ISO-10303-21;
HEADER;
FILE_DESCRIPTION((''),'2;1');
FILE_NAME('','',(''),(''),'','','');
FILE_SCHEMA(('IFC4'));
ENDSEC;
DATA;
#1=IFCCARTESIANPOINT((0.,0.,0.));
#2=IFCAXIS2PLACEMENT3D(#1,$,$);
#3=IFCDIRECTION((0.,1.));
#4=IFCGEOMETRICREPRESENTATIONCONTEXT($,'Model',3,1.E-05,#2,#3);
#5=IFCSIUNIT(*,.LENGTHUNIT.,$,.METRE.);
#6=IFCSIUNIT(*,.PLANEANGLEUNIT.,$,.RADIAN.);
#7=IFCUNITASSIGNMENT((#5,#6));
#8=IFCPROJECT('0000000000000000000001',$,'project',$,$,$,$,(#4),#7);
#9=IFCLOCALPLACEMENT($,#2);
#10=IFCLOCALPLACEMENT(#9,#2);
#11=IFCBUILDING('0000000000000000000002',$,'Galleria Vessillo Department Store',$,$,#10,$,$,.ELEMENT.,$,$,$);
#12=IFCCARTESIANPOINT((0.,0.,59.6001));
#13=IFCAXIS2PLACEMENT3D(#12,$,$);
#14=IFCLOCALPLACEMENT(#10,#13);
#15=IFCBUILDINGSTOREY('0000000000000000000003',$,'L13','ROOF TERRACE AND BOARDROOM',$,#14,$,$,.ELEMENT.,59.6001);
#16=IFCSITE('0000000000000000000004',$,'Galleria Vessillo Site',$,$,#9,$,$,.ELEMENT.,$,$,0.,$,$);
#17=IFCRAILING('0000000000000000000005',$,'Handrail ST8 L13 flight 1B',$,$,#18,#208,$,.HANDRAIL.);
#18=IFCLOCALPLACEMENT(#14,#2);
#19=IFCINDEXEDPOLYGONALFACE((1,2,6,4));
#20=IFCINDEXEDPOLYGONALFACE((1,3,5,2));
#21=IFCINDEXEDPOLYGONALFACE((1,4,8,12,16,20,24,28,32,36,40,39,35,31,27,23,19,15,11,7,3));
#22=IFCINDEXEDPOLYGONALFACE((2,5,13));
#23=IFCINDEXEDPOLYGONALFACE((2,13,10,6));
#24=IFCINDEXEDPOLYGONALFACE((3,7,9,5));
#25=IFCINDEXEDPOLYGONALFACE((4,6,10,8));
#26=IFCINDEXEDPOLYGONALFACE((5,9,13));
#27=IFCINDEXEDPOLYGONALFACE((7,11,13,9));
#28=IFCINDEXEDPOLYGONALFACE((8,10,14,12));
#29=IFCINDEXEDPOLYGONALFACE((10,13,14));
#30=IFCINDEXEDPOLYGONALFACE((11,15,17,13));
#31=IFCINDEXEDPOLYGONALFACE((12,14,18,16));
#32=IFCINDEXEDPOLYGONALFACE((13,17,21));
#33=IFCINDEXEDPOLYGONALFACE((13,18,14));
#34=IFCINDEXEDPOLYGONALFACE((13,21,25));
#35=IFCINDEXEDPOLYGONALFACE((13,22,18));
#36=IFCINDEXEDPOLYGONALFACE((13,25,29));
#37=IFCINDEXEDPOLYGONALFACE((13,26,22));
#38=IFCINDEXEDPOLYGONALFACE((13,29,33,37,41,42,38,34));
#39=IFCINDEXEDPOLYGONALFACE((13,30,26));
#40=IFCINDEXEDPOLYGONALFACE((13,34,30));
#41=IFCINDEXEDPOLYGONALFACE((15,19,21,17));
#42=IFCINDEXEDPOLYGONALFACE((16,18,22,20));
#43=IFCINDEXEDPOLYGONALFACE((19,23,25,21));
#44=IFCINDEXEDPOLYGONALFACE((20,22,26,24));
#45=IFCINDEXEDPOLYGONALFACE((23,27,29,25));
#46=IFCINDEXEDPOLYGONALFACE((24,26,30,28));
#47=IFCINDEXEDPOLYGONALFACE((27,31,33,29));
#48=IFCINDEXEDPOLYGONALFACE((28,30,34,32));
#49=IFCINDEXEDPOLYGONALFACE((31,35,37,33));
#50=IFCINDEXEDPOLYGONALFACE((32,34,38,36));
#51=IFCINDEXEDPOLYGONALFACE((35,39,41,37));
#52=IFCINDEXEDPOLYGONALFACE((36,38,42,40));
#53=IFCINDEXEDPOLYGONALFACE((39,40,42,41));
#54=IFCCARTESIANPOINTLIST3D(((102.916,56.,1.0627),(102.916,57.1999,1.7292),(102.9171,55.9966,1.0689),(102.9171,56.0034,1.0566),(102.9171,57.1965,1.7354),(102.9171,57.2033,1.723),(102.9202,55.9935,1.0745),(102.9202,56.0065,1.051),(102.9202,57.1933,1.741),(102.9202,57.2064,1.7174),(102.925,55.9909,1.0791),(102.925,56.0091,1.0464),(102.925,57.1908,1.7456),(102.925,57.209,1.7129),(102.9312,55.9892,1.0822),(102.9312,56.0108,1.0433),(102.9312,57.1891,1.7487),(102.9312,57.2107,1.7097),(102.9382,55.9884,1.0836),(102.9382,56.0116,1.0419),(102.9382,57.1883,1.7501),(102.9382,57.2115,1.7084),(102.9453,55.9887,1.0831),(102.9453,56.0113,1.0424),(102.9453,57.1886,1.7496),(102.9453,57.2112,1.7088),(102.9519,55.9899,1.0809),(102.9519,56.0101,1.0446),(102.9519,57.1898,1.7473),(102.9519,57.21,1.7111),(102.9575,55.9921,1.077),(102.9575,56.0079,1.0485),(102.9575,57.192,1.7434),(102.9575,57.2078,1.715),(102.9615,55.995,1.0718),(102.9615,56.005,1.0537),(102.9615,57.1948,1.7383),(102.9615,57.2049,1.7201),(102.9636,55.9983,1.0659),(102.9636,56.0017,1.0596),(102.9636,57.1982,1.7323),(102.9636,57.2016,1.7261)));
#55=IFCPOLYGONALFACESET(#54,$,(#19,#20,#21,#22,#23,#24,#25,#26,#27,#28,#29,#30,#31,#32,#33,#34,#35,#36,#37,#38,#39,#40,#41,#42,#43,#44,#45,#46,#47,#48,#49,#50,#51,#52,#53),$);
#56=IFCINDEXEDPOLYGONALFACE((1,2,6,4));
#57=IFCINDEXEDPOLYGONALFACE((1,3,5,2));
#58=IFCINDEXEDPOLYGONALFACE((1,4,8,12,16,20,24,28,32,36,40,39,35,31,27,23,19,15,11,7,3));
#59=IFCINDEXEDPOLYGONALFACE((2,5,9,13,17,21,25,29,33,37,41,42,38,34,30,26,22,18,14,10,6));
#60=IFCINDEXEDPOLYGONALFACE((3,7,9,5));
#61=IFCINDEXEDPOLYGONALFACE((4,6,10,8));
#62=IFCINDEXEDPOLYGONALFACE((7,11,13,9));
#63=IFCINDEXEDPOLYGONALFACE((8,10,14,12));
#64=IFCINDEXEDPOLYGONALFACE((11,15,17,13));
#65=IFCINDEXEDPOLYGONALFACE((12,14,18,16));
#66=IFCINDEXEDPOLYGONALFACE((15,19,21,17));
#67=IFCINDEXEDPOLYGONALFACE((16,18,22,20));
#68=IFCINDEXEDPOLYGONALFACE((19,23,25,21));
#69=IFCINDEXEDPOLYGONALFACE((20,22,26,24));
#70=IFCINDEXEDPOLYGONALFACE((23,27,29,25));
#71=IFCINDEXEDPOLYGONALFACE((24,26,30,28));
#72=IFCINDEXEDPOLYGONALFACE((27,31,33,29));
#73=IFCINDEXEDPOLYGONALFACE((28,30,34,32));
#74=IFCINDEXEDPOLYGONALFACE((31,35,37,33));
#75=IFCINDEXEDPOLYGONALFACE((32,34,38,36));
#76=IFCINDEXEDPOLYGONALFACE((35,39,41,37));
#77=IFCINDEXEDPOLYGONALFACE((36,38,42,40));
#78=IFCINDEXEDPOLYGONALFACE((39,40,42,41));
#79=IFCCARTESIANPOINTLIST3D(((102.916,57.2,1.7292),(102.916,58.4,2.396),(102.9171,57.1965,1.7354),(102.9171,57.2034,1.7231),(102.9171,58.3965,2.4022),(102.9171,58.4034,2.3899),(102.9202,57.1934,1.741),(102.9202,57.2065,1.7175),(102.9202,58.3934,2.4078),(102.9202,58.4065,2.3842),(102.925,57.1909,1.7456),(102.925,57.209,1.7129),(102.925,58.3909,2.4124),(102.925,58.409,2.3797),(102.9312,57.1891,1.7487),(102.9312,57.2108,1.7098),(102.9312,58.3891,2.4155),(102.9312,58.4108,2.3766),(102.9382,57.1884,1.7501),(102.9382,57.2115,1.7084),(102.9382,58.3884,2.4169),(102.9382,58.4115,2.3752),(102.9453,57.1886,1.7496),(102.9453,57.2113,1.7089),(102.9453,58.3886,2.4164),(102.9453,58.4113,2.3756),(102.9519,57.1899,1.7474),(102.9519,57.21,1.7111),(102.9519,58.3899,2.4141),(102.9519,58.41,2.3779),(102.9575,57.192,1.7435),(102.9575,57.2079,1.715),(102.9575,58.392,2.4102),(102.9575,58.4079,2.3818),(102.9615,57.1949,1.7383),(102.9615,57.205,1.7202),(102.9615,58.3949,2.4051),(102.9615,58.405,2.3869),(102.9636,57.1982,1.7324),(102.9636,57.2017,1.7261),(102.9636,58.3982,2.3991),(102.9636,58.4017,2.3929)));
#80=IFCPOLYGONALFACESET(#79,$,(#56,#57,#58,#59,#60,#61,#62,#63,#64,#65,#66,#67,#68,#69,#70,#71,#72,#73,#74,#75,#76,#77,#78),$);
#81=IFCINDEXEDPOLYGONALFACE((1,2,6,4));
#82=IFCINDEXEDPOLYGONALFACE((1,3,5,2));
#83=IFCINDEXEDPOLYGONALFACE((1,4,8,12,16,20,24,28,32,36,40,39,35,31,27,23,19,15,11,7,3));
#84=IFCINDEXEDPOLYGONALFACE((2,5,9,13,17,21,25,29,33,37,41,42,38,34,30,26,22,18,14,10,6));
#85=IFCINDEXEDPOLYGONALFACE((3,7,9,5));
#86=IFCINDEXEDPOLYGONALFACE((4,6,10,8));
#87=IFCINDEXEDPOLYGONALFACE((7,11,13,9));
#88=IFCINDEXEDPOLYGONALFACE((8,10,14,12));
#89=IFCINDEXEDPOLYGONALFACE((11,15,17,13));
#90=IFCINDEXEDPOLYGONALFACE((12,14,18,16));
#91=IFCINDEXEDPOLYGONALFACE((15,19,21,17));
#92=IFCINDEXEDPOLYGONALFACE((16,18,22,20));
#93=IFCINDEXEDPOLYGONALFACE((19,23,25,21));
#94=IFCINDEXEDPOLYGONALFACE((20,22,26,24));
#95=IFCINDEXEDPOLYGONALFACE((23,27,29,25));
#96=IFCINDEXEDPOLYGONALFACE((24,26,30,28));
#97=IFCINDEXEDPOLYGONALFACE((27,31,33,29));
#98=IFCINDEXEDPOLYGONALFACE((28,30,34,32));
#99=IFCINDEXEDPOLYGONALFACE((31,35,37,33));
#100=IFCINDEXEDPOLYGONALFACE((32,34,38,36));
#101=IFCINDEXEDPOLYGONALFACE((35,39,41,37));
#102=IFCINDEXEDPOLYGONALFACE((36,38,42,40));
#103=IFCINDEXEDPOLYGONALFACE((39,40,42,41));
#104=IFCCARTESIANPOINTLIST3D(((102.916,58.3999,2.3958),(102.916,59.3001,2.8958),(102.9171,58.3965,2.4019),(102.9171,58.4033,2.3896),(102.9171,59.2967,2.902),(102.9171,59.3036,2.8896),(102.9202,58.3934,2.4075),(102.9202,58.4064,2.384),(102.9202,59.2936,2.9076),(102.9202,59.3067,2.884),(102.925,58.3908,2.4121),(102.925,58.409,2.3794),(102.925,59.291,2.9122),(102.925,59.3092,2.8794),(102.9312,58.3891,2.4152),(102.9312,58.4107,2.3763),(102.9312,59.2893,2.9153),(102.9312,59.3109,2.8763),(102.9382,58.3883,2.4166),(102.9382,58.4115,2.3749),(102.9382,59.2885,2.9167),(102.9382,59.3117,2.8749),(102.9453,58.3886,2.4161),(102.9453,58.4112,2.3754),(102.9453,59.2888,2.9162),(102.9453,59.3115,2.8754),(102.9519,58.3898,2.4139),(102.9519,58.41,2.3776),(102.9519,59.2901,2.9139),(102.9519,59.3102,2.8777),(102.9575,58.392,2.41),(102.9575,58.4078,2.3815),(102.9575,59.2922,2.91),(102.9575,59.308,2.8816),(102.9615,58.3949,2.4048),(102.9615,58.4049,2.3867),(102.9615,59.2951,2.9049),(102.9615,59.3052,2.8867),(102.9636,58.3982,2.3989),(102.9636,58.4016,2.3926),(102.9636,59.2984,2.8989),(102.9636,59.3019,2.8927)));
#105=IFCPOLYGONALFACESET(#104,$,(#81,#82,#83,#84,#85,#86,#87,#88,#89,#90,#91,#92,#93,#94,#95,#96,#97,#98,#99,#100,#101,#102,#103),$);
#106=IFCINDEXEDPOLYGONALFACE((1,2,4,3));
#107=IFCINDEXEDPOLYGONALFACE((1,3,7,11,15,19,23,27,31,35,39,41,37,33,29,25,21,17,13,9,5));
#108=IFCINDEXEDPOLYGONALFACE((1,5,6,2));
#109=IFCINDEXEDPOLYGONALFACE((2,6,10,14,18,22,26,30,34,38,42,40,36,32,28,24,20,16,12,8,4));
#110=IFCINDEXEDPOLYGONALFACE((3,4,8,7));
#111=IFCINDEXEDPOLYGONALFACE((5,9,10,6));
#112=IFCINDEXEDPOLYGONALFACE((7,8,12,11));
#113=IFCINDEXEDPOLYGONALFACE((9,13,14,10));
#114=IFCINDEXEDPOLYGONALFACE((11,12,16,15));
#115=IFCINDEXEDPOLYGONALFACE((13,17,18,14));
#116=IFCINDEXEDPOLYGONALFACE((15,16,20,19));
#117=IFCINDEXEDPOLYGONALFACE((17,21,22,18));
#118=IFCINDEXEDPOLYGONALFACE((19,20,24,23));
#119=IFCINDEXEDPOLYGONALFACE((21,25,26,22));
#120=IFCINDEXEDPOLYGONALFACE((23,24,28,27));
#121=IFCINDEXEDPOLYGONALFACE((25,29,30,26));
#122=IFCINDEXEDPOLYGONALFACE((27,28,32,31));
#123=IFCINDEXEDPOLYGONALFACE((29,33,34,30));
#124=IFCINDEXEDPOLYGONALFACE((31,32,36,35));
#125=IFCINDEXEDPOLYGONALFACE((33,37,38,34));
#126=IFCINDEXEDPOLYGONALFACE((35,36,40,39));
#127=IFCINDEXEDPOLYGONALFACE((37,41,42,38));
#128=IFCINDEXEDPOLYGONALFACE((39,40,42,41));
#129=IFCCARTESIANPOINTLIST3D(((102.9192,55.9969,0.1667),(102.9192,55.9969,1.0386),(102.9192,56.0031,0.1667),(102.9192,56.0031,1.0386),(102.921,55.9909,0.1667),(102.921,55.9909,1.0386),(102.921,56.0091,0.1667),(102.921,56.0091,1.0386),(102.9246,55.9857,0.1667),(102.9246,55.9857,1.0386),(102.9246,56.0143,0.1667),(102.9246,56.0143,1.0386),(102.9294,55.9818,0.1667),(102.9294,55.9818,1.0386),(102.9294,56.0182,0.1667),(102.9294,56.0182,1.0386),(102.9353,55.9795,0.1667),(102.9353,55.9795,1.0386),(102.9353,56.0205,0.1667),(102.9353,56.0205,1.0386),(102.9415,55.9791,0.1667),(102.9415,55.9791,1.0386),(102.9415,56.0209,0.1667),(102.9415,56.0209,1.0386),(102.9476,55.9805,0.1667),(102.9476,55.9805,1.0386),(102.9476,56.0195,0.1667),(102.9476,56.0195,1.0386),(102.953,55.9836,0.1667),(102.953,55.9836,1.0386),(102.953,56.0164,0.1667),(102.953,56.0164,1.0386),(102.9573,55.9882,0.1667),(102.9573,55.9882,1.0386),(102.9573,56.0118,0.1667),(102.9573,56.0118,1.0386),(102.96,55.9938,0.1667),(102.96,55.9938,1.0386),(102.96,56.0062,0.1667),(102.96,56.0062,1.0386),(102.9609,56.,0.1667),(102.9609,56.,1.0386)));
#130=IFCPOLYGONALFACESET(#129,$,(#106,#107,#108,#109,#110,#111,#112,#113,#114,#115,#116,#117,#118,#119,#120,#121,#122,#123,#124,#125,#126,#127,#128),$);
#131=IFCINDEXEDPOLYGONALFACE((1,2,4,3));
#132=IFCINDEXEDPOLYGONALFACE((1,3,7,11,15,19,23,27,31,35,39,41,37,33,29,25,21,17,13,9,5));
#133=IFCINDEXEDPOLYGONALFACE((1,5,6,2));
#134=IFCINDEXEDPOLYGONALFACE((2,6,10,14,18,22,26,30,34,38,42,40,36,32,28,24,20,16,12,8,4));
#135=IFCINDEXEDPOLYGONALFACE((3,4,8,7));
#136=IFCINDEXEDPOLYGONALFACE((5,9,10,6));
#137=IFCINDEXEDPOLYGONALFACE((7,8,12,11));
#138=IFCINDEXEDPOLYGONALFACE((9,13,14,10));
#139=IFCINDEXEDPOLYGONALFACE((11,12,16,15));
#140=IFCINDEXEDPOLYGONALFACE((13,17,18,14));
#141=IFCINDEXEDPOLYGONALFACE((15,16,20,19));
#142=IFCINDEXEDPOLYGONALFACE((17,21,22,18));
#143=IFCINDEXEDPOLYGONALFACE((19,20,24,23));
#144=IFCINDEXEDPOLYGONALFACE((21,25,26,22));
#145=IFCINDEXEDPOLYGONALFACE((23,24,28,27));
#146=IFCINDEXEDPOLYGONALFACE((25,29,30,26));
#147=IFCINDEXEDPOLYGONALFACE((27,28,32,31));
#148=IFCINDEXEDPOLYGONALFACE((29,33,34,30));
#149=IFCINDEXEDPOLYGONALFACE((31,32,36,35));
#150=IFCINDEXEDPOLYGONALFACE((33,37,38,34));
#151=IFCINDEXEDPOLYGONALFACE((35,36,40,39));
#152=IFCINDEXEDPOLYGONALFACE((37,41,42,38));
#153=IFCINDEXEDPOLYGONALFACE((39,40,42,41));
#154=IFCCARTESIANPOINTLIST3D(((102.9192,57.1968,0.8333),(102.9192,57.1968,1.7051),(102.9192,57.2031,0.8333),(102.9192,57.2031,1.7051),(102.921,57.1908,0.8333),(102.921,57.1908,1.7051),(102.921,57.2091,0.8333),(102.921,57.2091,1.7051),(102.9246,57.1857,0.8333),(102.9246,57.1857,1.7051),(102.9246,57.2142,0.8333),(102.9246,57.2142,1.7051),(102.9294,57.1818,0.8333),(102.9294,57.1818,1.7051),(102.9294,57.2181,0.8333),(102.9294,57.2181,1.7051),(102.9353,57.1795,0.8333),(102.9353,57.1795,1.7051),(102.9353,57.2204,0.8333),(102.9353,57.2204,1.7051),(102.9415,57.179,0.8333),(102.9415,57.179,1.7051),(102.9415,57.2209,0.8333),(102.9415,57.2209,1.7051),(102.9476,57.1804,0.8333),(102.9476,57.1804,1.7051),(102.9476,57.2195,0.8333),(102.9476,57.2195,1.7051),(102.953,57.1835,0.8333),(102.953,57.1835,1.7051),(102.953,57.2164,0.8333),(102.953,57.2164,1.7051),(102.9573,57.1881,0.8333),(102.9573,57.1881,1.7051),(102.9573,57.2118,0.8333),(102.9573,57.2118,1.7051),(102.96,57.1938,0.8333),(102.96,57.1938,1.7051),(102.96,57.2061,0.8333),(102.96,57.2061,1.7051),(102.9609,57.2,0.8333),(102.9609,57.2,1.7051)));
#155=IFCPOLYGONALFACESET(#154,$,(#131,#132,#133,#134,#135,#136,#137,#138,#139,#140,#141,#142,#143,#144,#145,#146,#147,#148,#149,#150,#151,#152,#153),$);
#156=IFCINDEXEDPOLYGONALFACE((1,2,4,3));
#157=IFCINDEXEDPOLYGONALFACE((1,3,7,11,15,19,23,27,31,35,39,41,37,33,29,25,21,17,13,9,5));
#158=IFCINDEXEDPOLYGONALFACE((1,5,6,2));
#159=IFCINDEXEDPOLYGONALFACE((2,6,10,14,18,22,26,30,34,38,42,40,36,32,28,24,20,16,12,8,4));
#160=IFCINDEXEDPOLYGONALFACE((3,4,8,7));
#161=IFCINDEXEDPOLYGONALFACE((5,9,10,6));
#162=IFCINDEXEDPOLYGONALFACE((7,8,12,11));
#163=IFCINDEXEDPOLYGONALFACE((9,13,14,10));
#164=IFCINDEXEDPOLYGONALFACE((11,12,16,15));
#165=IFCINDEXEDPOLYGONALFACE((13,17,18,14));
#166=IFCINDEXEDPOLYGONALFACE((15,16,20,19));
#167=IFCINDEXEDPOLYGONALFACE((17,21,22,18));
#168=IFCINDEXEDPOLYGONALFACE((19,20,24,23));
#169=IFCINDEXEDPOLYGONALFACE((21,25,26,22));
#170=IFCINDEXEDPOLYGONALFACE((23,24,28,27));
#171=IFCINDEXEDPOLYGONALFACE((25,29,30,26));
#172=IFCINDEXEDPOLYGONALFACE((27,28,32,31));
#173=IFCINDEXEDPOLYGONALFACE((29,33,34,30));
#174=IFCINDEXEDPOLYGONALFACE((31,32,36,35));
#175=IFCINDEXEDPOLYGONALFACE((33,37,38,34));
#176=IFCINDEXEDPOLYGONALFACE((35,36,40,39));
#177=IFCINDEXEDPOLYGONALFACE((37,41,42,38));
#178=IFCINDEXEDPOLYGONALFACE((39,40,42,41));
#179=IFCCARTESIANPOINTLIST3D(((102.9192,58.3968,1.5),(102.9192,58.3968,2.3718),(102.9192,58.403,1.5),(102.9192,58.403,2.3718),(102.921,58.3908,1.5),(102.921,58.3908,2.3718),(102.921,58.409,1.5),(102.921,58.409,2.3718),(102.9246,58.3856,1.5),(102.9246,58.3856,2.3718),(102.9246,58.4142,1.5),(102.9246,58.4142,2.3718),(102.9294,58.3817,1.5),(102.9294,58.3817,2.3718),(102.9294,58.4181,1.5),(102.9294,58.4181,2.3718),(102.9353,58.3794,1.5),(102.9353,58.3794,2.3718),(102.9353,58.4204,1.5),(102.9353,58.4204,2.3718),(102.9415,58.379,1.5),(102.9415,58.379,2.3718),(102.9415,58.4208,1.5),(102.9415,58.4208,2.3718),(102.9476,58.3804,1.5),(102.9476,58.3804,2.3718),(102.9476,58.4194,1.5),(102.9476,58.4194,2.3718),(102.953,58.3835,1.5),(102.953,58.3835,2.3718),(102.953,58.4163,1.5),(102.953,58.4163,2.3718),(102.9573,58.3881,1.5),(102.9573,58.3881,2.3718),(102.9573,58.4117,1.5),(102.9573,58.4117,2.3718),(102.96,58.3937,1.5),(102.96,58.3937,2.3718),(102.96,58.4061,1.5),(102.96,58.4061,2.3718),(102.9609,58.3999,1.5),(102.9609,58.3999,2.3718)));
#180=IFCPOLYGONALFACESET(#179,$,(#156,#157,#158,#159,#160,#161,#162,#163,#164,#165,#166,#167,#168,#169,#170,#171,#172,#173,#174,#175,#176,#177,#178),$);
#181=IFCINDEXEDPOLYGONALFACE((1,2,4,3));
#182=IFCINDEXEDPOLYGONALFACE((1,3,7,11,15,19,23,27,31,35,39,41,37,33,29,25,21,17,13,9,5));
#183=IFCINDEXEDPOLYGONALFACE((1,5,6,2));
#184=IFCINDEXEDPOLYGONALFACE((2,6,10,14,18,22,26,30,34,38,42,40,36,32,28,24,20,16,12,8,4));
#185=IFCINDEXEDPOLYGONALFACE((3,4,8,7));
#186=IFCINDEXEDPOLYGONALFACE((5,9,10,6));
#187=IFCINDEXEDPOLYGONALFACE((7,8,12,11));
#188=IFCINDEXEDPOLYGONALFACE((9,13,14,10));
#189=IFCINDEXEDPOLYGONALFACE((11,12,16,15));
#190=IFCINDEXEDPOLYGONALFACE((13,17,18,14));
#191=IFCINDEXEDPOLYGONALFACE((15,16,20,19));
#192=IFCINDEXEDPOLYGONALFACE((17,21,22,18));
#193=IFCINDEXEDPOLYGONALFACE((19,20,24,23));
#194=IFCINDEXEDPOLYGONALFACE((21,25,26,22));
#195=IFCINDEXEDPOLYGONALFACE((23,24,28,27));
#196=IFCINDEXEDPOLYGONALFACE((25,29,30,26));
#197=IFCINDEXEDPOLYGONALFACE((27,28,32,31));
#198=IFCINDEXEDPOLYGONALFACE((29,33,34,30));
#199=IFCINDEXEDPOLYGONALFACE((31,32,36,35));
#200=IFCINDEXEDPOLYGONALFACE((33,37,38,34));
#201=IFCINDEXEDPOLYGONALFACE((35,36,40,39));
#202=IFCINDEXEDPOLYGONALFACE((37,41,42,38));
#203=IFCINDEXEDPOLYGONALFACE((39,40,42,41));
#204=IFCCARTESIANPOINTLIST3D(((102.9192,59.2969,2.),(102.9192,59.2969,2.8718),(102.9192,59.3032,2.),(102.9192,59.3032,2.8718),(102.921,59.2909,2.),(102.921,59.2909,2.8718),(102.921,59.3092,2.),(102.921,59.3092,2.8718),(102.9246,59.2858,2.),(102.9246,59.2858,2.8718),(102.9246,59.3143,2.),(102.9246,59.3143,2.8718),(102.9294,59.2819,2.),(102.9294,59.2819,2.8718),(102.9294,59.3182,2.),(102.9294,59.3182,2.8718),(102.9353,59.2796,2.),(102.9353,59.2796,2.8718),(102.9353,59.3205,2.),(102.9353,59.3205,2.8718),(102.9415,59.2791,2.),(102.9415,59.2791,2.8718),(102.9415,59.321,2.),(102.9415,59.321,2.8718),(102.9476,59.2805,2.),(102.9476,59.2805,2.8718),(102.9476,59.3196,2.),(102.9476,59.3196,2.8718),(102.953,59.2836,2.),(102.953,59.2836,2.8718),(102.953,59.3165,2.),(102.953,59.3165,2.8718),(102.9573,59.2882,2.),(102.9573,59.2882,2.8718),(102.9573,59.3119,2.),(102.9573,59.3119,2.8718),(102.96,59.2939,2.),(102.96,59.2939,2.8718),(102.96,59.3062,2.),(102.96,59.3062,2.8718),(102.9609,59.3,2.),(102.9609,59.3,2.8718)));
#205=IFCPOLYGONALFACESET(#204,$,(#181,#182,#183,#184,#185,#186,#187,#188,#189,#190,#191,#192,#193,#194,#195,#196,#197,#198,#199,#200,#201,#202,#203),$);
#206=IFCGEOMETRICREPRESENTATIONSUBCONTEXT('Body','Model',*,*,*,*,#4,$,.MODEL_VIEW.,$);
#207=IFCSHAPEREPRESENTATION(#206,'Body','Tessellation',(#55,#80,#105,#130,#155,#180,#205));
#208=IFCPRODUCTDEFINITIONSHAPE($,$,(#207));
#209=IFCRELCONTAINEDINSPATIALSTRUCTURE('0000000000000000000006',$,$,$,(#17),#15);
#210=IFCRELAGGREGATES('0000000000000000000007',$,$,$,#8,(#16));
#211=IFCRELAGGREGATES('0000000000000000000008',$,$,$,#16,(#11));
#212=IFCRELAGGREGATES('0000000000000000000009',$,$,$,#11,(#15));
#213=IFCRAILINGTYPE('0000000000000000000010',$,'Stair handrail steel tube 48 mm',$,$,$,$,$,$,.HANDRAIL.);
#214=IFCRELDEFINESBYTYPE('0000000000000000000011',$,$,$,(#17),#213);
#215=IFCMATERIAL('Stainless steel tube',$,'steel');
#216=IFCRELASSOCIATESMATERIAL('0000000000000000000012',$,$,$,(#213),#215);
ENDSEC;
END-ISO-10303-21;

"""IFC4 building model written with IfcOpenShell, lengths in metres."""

from ifc_helpers import new_model, si_unit, direction, frame, origin, origin_2d, place, context, subcontext, project, spatial, circle, extrude, material, type_object, element, save


model = new_model("IFC4")

# Units and contexts
model_context = context("Model", 3, precision=1e-05, world=origin(), true_north=direction((0.0, 1.0)))
body_context = subcontext(model_context, "Body", "Model", "MODEL_VIEW")
ifc_project = project(units=[si_unit("LENGTHUNIT", "METRE"), si_unit("PLANEANGLEUNIT", "RADIAN")], contexts=[model_context])

# Site, building, storey
site_placement = place(None, origin())
site = spatial("IfcSite", under=ifc_project, at=site_placement, Name="Galleria Vessillo Site", CompositionType="ELEMENT", RefElevation=0.0)
building_placement = place(site_placement, origin())
building = spatial("IfcBuilding", under=site, at=building_placement, Name="Galleria Vessillo Department Store", CompositionType="ELEMENT")
storey_placement = place(building_placement, frame((0.0, 0.0, 59.6001)))
storey = spatial("IfcBuildingStorey", under=building, at=storey_placement, Name="L13", Description="ROOF TERRACE AND BOARDROOM", CompositionType="ELEMENT", Elevation=59.6001)

# Railing
ifc_material_1 = material(Name="Stainless steel tube", Category="steel")
railing_type = type_object("IfcRailingType", Name="Stair handrail steel tube 48 mm", PredefinedType="HANDRAIL", material=ifc_material_1)
for number, where, name in (
    (1, (102.9399, 56.0, 0.1667), "Handrail ST8 L13 flight 1B"),
):
    element("IfcRailing", number, at=place(storey_placement, frame(where)), inside=storey, type_object=railing_type, Name=name, PredefinedType="HANDRAIL", context=body_context, shape_type="SweptSolid", body=[
        extrude(circle(Radius=0.0239, at=origin_2d()), frame((0.0, 0.0, 0.896), z_axis=(0.0, 0.874199, 0.485567), x_axis=(-1.0, 0.0, 0.0)), (0.0, 0.0, 1.0), 1.3726),
        extrude(circle(Radius=0.0239, at=origin_2d()), frame((0.0, 1.2, 1.5625), z_axis=(0.0, 0.874124, 0.485703), x_axis=(-1.0, 0.0, 0.0)), (0.0, 0.0, 1.0), 1.3728),
        extrude(circle(Radius=0.0239, at=origin_2d()), frame((0.0, 2.3999, 2.229), z_axis=(0.0, 0.874191, 0.485583), x_axis=(-1.0, 0.0, 0.0)), (0.0, 0.0, 1.0), 1.0298),
        extrude(circle(Radius=0.021, at=origin_2d()), origin(), (0.0, 0.0, 1.0), 0.8718),
        extrude(circle(Radius=0.021, at=origin_2d()), frame((0.0, 1.2, 0.6665)), (0.0, 0.0, 1.0), 0.8718),
        extrude(circle(Radius=0.021, at=origin_2d()), frame((0.0, 2.3999, 1.3333)), (0.0, 0.0, 1.0), 0.8718),
        extrude(circle(Radius=0.021, at=origin_2d()), frame((0.0, 3.3, 1.8333)), (0.0, 0.0, 1.0), 0.8718),
    ])

save(model, "model.ifc")
